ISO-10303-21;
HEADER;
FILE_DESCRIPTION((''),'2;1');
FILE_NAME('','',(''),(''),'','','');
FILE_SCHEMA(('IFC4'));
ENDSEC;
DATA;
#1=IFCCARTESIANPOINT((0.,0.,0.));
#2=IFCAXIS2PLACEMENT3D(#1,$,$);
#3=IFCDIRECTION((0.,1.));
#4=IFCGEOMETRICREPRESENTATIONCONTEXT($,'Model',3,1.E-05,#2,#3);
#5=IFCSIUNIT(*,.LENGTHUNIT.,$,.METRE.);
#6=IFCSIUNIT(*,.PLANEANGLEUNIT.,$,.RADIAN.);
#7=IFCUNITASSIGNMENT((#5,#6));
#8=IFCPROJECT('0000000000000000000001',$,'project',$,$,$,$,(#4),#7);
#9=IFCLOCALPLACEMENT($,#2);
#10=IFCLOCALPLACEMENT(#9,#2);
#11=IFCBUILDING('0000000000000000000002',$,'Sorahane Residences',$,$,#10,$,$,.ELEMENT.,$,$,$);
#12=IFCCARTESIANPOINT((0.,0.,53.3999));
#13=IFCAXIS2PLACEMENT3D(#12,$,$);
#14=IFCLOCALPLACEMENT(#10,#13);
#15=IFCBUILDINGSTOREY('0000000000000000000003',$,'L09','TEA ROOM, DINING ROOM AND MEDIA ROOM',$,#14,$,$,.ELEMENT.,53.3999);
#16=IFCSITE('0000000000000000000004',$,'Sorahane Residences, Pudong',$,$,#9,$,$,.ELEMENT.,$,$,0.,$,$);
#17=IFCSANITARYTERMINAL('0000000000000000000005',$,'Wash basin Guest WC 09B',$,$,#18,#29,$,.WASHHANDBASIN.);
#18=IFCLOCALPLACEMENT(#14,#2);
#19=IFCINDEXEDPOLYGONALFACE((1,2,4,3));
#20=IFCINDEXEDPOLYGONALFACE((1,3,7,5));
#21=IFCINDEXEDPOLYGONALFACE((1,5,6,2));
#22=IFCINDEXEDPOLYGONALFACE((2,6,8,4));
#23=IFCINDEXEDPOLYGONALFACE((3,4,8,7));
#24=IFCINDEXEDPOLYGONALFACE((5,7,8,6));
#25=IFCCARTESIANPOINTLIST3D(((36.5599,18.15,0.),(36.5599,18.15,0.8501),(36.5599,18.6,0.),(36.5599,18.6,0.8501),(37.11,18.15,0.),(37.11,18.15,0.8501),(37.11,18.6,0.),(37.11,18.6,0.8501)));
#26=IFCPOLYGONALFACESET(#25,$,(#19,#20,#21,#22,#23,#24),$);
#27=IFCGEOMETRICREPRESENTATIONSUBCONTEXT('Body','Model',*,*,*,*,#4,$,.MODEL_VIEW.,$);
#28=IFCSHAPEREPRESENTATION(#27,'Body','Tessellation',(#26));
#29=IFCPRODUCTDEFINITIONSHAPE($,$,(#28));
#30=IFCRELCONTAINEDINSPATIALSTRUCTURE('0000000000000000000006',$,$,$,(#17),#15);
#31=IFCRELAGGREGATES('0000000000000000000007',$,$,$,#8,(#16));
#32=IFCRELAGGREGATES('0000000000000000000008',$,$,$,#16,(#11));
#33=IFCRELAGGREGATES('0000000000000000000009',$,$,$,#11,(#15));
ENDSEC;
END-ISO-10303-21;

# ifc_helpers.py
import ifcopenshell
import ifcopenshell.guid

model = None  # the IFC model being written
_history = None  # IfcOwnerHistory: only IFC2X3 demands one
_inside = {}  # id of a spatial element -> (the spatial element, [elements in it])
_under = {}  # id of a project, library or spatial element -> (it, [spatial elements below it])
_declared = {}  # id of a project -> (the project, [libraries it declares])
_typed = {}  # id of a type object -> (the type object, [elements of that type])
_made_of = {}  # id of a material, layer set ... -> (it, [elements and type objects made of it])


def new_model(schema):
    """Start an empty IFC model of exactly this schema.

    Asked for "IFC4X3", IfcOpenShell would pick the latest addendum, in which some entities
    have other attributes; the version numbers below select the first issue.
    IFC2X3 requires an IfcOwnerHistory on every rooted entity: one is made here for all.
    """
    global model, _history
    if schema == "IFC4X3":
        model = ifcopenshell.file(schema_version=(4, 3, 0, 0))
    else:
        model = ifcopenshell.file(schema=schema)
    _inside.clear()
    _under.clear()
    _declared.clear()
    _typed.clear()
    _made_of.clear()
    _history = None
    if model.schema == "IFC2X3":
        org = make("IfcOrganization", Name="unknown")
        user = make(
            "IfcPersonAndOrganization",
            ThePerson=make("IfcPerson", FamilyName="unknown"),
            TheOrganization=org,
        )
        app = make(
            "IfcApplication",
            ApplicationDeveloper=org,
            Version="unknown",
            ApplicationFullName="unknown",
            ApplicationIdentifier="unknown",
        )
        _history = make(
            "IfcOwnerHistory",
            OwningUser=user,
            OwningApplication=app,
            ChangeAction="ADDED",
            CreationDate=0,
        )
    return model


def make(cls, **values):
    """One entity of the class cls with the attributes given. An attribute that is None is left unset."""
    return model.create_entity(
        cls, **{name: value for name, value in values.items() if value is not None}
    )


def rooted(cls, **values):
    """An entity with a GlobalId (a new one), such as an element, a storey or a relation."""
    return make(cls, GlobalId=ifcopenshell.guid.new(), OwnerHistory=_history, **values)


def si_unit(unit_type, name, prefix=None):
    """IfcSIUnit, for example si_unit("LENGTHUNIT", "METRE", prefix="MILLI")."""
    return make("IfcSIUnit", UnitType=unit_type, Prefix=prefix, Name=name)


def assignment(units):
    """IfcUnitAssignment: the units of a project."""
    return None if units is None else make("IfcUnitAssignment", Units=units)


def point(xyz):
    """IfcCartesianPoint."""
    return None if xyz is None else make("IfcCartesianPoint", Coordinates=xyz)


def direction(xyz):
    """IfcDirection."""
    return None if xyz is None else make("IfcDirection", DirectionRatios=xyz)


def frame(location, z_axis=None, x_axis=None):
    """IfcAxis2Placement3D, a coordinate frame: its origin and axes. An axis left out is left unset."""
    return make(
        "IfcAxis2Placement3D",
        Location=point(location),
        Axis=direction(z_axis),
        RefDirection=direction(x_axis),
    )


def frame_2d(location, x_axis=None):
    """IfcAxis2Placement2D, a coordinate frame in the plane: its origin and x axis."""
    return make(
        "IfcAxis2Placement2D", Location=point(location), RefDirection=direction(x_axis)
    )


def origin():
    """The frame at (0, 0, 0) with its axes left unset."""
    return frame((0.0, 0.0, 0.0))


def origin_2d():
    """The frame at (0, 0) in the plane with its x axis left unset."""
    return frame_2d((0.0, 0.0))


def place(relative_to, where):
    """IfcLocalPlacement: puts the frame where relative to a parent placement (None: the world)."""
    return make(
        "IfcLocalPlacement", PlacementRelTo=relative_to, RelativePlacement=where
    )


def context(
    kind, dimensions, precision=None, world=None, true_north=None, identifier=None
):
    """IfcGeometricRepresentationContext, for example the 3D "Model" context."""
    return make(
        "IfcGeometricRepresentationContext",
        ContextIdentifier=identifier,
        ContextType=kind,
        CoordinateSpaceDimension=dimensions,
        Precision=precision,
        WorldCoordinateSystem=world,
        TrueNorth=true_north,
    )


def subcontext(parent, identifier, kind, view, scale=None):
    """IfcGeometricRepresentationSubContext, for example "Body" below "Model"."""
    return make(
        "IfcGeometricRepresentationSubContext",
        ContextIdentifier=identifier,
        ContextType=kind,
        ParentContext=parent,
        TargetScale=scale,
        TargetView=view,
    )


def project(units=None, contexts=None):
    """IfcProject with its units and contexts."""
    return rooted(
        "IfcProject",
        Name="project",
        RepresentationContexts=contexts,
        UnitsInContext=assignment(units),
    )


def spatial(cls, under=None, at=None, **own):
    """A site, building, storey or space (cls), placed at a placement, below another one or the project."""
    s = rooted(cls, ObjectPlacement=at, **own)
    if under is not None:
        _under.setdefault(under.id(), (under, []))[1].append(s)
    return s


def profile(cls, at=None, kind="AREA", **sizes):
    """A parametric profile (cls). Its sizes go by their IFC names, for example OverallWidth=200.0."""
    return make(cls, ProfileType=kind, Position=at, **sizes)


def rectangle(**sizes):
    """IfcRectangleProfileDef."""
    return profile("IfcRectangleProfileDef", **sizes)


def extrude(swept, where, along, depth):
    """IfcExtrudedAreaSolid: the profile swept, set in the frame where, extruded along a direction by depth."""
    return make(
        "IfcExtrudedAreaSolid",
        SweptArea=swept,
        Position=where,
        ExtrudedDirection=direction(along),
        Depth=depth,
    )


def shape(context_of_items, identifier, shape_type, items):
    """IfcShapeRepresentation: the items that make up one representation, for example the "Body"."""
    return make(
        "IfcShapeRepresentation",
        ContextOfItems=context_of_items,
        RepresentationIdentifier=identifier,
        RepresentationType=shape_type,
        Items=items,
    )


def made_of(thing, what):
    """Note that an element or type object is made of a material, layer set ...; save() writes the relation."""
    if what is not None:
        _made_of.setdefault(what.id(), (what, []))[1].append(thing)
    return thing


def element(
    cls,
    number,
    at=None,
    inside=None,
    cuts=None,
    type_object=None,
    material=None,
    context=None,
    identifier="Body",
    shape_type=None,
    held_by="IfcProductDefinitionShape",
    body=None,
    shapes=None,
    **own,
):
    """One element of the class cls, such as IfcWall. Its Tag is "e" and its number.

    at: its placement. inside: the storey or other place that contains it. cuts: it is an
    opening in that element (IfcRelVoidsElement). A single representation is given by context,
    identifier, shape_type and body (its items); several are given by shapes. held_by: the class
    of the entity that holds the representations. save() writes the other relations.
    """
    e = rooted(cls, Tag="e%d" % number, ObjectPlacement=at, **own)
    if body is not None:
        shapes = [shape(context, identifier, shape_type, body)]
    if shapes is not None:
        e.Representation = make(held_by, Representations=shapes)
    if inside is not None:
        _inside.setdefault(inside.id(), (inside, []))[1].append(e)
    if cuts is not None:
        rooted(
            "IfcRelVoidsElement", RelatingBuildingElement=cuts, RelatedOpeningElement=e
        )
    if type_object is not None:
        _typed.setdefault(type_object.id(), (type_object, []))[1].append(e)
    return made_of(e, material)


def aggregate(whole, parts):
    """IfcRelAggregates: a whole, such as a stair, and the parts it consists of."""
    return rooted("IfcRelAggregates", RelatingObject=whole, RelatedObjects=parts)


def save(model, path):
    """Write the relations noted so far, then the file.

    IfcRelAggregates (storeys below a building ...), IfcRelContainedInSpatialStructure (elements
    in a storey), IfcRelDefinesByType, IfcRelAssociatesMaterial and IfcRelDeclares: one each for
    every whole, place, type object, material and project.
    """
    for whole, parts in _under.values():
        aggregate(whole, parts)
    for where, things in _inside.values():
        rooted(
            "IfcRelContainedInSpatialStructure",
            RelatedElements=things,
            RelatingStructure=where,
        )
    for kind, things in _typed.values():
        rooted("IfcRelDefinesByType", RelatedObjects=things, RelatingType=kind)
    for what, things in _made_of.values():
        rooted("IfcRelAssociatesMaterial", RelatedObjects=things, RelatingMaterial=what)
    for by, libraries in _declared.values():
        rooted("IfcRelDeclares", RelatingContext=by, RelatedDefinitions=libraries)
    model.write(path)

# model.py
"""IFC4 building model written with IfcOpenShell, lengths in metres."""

from ifc_helpers import new_model, si_unit, direction, frame, origin, origin_2d, place, context, subcontext, project, spatial, rectangle, extrude, element, save


model = new_model("IFC4")

# Units and contexts
model_context = context("Model", 3, precision=1e-05, world=origin(), true_north=direction((0.0, 1.0)))
body_context = subcontext(model_context, "Body", "Model", "MODEL_VIEW")
ifc_project = project(units=[si_unit("LENGTHUNIT", "METRE"), si_unit("PLANEANGLEUNIT", "RADIAN")], contexts=[model_context])

# Site, building, storey
site_placement = place(None, origin())
site = spatial("IfcSite", under=ifc_project, at=site_placement, Name="Sorahane Residences, Pudong", CompositionType="ELEMENT", RefElevation=0.0)
building_placement = place(site_placement, origin())
building = spatial("IfcBuilding", under=site, at=building_placement, Name="Sorahane Residences", CompositionType="ELEMENT")
storey_placement = place(building_placement, frame((0.0, 0.0, 53.3999)))
storey = spatial("IfcBuildingStorey", under=building, at=storey_placement, Name="L09", Description="TEA ROOM, DINING ROOM AND MEDIA ROOM", CompositionType="ELEMENT", Elevation=53.3999)

# Sanitary terminal
sanitary_terminal_1_placement = place(storey_placement, frame((36.835, 18.375, 0.0), z_axis=(0.0, 0.0, 1.0), x_axis=(1.0, 0.0, 0.0)))
element("IfcSanitaryTerminal", 1, at=sanitary_terminal_1_placement, inside=storey, Name="Wash basin Guest WC 09B", PredefinedType="WASHHANDBASIN", context=body_context, shape_type="SweptSolid", body=[
    extrude(rectangle(XDim=0.55, YDim=0.45, at=origin_2d()), origin(), (0.0, 0.0, 1.0), 0.8501),
])

save(model, "model.ifc")
